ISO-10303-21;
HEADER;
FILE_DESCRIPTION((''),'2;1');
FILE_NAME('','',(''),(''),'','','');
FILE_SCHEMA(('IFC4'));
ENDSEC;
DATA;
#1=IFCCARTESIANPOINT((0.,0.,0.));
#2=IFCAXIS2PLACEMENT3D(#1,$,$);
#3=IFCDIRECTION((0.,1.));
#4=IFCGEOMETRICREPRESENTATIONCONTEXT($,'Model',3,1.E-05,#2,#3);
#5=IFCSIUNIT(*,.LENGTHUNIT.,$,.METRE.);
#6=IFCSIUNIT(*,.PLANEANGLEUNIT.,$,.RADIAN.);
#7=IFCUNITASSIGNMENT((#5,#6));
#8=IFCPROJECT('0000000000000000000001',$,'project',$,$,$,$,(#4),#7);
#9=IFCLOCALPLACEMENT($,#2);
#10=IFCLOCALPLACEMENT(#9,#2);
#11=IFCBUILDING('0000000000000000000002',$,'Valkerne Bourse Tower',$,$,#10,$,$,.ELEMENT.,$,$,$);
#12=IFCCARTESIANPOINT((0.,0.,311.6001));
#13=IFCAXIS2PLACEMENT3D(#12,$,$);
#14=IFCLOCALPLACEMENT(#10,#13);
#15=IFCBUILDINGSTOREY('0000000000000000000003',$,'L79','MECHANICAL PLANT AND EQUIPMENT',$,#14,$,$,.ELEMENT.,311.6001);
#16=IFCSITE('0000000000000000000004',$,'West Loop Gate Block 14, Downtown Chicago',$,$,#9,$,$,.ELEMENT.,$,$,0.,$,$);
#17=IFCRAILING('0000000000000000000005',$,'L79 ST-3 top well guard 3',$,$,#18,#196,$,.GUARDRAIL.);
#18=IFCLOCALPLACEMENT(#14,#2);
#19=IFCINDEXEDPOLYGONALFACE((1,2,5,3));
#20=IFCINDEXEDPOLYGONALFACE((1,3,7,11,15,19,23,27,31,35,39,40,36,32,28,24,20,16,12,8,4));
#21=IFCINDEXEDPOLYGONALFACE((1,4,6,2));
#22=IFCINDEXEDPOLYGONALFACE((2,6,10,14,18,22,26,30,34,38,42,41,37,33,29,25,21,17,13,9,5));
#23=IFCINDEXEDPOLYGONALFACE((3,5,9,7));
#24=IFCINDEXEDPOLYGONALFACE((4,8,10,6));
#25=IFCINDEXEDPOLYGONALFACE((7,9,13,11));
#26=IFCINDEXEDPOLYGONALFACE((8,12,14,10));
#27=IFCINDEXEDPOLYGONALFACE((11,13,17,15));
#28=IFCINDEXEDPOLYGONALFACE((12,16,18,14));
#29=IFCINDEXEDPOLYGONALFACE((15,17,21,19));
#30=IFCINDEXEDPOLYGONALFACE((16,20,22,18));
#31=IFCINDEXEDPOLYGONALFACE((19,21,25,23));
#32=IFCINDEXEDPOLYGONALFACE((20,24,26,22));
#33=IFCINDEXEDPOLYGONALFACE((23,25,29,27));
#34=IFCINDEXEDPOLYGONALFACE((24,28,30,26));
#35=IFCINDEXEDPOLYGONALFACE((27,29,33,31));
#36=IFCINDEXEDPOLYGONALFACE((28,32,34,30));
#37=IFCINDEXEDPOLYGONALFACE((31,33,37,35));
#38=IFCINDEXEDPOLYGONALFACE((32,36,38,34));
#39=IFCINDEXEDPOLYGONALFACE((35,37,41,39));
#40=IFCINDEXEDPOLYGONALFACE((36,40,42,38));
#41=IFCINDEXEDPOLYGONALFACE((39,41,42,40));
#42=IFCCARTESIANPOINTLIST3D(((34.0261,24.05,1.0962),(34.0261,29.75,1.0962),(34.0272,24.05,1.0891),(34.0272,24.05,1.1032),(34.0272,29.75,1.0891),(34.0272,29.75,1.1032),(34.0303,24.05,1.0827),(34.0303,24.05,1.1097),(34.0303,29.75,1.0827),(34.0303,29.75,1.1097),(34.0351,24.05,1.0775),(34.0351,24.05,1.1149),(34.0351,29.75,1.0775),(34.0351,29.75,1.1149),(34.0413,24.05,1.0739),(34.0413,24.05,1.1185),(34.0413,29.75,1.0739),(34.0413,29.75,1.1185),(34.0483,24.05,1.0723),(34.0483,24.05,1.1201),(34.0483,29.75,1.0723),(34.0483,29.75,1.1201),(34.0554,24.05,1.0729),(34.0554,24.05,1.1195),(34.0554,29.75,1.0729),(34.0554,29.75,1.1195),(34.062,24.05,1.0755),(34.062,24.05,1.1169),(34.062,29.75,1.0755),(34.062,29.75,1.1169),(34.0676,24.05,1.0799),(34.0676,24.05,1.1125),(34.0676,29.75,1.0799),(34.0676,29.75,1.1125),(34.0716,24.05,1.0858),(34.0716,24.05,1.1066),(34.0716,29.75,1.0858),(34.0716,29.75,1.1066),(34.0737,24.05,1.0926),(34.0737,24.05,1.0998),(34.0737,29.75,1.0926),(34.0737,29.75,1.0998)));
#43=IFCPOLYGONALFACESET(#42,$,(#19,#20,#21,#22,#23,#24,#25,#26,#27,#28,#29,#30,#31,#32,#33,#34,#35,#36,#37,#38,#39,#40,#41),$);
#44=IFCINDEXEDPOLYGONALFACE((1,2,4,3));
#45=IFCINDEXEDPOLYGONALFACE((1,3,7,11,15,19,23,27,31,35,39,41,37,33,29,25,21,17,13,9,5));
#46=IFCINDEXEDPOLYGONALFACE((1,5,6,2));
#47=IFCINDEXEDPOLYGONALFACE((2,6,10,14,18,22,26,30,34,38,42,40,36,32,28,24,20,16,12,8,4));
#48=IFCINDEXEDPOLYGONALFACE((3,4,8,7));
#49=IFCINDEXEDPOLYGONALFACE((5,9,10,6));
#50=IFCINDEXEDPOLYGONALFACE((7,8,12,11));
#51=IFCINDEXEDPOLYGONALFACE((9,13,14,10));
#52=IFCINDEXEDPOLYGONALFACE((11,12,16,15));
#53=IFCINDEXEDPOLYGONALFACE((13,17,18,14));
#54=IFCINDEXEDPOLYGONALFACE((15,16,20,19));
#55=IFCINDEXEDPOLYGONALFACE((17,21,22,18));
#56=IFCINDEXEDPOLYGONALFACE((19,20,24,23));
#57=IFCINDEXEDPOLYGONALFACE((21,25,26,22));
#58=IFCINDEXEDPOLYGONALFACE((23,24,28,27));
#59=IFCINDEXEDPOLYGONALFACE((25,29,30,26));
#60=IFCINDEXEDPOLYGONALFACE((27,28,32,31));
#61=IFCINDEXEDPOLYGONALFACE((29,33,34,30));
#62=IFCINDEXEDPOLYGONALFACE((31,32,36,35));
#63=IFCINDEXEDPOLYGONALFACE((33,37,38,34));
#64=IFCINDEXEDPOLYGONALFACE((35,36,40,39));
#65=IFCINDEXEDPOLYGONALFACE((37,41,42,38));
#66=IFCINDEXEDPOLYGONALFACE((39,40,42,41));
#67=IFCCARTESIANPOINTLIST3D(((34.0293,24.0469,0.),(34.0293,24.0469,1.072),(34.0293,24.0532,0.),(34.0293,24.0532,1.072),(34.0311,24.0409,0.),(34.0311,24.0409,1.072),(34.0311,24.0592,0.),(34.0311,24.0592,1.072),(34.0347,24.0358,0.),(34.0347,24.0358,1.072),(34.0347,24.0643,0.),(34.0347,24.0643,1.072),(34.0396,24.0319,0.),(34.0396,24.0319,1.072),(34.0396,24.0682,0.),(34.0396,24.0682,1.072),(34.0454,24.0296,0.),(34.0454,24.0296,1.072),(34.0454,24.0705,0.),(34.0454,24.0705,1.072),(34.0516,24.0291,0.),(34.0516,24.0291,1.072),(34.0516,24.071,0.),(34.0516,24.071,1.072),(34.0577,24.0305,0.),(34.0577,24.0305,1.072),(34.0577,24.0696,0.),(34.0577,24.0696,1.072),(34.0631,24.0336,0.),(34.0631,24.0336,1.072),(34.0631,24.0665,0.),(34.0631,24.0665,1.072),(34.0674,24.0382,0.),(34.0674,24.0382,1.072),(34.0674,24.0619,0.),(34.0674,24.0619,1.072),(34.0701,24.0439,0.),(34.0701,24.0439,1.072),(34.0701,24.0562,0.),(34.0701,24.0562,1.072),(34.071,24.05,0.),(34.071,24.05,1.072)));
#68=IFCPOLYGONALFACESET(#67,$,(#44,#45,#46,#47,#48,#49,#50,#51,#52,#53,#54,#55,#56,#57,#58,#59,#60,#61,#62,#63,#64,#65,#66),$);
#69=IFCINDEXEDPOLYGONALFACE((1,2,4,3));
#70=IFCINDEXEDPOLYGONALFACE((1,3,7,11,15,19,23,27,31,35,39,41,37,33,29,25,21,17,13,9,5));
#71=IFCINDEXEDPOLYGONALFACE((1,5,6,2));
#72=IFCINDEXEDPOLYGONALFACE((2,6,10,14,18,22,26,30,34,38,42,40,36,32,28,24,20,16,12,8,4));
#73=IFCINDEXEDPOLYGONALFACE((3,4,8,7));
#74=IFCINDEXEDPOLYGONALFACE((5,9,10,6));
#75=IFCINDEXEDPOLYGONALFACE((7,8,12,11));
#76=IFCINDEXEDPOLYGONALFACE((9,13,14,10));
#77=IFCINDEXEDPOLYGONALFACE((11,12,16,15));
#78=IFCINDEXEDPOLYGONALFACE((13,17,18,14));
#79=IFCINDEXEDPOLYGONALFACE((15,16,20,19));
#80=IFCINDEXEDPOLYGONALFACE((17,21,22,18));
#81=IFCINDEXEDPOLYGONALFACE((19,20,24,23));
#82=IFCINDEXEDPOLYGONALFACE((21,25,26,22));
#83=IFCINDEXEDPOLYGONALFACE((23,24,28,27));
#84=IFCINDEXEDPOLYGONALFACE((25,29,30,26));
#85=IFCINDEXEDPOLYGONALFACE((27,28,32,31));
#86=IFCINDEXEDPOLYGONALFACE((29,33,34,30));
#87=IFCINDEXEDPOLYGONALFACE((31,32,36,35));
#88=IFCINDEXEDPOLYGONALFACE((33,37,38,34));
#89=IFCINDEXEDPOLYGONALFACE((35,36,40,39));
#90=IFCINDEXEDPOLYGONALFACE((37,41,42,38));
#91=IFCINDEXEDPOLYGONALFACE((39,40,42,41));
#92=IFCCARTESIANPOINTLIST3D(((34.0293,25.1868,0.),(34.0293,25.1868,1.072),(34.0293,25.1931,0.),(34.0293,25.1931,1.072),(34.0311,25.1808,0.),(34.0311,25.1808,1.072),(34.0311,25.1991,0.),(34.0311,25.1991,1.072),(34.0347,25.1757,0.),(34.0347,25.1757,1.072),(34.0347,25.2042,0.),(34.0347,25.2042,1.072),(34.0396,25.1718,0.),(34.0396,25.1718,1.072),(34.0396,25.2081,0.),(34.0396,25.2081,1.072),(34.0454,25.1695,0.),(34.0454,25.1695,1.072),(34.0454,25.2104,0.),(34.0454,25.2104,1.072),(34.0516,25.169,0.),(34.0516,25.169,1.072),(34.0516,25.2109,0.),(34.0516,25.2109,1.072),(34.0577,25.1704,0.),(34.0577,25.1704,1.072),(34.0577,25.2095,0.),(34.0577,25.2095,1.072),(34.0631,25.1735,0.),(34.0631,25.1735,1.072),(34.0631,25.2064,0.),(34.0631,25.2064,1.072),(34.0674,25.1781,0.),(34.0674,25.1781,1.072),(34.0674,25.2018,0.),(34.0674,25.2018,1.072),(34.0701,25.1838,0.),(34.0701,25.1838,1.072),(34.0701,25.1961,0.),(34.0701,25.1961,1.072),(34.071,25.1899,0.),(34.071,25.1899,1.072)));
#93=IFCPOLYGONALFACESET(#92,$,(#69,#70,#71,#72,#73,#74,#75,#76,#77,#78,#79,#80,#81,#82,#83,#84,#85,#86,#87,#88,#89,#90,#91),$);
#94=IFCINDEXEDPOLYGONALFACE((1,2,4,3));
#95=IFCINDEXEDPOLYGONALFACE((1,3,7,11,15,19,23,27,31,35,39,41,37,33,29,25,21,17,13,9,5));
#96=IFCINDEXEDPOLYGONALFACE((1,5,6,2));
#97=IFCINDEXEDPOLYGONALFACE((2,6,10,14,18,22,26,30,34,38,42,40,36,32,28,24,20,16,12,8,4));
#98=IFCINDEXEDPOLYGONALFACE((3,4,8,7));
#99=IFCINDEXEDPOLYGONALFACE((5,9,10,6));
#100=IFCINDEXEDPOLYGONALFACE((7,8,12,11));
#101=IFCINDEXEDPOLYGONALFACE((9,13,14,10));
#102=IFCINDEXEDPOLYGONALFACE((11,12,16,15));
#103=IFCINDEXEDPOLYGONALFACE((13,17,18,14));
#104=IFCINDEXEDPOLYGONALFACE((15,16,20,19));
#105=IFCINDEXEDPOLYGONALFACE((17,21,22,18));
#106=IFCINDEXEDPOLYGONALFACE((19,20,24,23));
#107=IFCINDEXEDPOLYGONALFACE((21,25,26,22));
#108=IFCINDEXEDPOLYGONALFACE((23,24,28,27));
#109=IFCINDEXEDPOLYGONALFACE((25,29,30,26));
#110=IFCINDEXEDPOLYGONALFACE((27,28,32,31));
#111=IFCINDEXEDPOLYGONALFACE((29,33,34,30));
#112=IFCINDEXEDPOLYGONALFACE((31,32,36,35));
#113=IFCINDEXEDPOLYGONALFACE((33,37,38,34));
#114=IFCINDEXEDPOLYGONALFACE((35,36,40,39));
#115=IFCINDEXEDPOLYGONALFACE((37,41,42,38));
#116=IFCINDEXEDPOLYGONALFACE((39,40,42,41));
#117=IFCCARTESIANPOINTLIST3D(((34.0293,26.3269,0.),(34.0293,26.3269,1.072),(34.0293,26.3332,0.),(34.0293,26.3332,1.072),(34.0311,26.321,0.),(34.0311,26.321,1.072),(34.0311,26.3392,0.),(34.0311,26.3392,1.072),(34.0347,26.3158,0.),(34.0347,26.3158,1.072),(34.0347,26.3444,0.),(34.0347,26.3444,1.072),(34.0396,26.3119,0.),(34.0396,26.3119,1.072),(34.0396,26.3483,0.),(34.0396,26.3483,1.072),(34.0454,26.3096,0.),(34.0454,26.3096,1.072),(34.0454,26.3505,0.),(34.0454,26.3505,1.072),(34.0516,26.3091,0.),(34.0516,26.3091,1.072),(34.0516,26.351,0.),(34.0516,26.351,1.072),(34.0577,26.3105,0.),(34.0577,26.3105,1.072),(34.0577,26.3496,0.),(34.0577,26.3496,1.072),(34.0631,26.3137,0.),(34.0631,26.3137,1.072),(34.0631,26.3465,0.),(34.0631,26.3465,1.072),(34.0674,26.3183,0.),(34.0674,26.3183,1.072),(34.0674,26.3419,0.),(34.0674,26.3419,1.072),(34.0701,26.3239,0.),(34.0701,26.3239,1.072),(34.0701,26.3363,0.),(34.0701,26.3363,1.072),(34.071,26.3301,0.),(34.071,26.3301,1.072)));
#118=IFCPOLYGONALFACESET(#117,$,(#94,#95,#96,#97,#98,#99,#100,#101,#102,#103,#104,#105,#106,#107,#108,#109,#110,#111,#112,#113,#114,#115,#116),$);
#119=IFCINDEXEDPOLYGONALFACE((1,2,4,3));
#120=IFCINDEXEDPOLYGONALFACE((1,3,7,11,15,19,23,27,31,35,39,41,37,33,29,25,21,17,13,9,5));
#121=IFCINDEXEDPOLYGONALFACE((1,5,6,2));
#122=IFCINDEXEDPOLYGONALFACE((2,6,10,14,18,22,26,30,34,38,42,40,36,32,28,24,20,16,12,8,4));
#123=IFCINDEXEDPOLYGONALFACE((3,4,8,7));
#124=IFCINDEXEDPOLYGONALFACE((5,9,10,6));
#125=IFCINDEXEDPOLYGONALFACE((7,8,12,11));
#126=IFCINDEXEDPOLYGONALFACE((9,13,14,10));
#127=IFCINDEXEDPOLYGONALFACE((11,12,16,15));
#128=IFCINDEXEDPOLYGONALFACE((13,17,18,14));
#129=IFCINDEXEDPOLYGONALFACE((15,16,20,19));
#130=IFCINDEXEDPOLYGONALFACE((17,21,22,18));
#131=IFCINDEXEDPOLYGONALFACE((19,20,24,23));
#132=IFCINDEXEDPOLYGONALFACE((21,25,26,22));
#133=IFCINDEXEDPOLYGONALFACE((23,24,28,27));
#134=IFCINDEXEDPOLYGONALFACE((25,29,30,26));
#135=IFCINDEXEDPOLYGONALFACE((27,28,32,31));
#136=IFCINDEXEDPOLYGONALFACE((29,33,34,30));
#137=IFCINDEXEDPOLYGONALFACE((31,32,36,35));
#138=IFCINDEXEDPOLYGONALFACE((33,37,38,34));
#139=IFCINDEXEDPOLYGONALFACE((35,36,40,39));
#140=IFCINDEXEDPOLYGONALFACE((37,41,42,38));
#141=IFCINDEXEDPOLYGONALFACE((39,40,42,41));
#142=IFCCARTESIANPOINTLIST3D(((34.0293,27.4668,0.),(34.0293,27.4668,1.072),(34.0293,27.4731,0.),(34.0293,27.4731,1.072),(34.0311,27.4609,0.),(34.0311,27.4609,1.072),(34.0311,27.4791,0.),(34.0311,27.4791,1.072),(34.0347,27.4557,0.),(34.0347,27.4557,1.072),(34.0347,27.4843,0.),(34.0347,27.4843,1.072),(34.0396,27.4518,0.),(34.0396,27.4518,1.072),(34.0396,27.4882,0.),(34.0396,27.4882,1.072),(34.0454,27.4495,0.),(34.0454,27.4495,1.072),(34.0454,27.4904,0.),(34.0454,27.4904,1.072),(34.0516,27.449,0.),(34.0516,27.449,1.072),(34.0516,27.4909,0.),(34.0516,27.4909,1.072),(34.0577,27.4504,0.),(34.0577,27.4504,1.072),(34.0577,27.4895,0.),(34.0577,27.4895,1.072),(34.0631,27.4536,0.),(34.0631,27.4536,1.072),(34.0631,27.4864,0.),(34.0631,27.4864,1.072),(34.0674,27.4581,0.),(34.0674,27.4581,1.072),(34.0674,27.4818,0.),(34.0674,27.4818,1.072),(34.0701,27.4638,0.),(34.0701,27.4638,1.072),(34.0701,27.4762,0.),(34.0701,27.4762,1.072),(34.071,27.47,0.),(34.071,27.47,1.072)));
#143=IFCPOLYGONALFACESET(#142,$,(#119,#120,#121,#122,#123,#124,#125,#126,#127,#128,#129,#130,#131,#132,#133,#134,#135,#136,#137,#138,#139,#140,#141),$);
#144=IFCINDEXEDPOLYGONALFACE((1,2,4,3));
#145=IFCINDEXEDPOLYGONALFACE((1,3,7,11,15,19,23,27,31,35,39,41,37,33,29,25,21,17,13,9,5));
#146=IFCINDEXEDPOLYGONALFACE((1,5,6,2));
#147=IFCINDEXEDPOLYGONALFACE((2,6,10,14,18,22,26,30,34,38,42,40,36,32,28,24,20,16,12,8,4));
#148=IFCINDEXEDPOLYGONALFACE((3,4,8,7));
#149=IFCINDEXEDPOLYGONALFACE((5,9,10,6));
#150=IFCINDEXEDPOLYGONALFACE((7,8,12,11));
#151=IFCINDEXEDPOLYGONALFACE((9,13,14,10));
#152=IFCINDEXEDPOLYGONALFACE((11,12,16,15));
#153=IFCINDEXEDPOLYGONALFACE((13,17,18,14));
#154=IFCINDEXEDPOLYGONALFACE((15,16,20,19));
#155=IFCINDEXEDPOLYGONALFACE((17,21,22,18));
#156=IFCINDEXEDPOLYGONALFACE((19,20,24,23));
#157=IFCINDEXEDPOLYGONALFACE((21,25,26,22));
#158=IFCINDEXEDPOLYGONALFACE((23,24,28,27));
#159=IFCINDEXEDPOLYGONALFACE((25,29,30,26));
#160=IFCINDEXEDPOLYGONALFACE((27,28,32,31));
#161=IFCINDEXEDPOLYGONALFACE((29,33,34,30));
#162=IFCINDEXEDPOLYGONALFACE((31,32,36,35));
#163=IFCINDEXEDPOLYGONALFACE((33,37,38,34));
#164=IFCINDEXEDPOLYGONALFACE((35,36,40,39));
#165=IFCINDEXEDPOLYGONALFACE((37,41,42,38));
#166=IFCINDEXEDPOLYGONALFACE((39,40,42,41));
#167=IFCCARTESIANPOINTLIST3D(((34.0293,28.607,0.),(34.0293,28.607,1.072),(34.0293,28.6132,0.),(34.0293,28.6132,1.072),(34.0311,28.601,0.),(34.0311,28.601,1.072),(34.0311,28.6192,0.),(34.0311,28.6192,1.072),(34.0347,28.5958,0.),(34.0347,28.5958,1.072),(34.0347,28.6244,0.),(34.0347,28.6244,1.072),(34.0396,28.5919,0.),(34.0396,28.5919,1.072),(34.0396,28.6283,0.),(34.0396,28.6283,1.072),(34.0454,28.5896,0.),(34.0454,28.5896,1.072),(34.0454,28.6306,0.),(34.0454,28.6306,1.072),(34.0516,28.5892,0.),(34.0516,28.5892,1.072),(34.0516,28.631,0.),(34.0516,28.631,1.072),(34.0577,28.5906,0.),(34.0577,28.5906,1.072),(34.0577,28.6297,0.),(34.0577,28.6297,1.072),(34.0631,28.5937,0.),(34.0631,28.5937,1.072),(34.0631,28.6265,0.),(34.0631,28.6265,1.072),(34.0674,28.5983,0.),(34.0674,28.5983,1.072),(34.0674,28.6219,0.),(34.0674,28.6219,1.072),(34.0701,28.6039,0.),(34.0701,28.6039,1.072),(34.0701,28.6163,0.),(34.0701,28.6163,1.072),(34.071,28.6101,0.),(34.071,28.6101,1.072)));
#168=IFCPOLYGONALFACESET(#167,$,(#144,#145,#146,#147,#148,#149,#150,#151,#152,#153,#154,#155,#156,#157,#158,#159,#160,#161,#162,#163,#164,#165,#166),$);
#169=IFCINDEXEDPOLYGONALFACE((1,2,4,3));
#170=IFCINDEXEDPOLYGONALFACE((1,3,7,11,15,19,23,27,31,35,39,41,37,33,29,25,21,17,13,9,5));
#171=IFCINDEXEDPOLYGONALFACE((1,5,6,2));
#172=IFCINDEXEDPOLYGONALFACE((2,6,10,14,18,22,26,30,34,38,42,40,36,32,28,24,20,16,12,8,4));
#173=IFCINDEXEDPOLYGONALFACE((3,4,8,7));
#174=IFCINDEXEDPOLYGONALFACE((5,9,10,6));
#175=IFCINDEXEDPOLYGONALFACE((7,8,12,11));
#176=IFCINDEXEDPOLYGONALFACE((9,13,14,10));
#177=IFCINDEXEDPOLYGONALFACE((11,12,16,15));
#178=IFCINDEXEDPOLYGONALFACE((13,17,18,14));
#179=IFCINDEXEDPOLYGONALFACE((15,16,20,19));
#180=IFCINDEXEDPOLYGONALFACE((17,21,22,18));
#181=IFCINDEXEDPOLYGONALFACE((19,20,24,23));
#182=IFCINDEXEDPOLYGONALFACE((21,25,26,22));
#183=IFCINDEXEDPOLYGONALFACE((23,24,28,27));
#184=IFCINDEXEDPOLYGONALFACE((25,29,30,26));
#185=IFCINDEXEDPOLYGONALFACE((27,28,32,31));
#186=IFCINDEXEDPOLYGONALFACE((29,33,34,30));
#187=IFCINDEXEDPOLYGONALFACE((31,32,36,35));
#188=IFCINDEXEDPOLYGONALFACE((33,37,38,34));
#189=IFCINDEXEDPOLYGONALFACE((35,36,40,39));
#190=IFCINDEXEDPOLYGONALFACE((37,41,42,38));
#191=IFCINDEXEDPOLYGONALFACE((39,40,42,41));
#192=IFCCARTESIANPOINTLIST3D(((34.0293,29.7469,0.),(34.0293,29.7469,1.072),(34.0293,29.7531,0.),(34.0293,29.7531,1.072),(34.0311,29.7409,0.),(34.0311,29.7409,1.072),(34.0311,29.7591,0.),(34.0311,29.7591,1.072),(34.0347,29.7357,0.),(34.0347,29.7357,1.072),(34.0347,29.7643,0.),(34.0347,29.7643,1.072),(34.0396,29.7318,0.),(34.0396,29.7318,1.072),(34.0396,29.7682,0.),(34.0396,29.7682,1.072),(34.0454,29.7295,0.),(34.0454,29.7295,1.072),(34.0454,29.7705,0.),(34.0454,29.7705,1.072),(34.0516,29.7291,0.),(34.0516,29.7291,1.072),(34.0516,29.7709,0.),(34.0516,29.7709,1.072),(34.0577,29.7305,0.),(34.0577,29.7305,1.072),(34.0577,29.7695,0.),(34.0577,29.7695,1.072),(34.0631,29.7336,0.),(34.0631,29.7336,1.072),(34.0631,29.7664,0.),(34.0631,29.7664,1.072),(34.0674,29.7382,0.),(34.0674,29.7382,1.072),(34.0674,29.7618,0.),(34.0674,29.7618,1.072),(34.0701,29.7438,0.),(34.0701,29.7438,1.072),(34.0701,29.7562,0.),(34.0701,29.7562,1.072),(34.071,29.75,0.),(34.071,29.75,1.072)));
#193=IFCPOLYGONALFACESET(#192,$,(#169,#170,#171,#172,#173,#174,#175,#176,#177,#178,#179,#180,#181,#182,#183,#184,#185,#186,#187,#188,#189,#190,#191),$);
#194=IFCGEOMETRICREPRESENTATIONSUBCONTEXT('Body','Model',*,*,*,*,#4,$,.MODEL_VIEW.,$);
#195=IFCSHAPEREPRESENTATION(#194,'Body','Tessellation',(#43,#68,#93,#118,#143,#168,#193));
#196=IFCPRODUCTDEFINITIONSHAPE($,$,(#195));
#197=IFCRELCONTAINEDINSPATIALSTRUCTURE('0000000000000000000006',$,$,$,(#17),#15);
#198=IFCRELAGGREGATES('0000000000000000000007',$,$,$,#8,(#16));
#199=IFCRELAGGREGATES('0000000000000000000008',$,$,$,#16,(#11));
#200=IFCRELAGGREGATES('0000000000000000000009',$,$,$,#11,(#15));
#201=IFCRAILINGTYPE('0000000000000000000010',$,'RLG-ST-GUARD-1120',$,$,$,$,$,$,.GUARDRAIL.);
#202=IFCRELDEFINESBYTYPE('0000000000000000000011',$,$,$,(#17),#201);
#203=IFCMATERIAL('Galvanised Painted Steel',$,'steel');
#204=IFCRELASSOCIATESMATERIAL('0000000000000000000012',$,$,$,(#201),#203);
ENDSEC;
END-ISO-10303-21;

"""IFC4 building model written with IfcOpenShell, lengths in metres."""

from ifc_helpers import new_model, si_unit, direction, frame, origin, origin_2d, place, context, subcontext, project, spatial, circle, extrude, material, type_object, element, save


model = new_model("IFC4")

# Units and contexts
model_context = context("Model", 3, precision=1e-05, world=origin(), true_north=direction((0.0, 1.0)))
body_context = subcontext(model_context, "Body", "Model", "MODEL_VIEW")
ifc_project = project(units=[si_unit("LENGTHUNIT", "METRE"), si_unit("PLANEANGLEUNIT", "RADIAN")], contexts=[model_context])

# Site, building, storey
site_placement = place(None, origin())
site = spatial("IfcSite", under=ifc_project, at=site_placement, Name="West Loop Gate Block 14, Downtown Chicago", CompositionType="ELEMENT", RefElevation=0.0)
building_placement = place(site_placement, origin())
building = spatial("IfcBuilding", under=site, at=building_placement, Name="Valkerne Bourse Tower", CompositionType="ELEMENT")
storey_placement = place(building_placement, frame((0.0, 0.0, 311.6001)))
storey = spatial("IfcBuildingStorey", under=building, at=storey_placement, Name="L79", Description="MECHANICAL PLANT AND EQUIPMENT", CompositionType="ELEMENT", Elevation=311.6001)

# Shared definitions
ifc_material_1 = material(Name="Galvanised Painted Steel", Category="steel")

# Railing
railing_type = type_object("IfcRailingType", Name="RLG-ST-GUARD-1120", PredefinedType="GUARDRAIL", material=ifc_material_1)
railing_1_placement = place(storey_placement, frame((34.05, 24.05, 0.0)))
element("IfcRailing", 1, at=railing_1_placement, inside=storey, type_object=railing_type, Name="L79 ST-3 top well guard 3", PredefinedType="GUARDRAIL", context=body_context, shape_type="SweptSolid", body=[
    extrude(circle(Radius=0.0239, at=origin_2d()), frame((0.0, 0.0, 1.0962), z_axis=(0.0, 1.0, 0.0), x_axis=(-1.0, 0.0, 0.0)), (0.0, 0.0, 1.0), 5.7),
    extrude(circle(Radius=0.021, at=origin_2d()), origin(), (0.0, 0.0, 1.0), 1.072),
    extrude(circle(Radius=0.021, at=origin_2d()), frame((0.0, 1.1399, 0.0)), (0.0, 0.0, 1.0), 1.072),
    extrude(circle(Radius=0.021, at=origin_2d()), frame((0.0, 2.28, 0.0)), (0.0, 0.0, 1.0), 1.072),
    extrude(circle(Radius=0.021, at=origin_2d()), frame((0.0, 3.4199, 0.0)), (0.0, 0.0, 1.0), 1.072),
    extrude(circle(Radius=0.021, at=origin_2d()), frame((0.0, 4.5601, 0.0)), (0.0, 0.0, 1.0), 1.072),
    extrude(circle(Radius=0.021, at=origin_2d()), frame((0.0, 5.7, 0.0)), (0.0, 0.0, 1.0), 1.072),
])

save(model, "model.ifc")
